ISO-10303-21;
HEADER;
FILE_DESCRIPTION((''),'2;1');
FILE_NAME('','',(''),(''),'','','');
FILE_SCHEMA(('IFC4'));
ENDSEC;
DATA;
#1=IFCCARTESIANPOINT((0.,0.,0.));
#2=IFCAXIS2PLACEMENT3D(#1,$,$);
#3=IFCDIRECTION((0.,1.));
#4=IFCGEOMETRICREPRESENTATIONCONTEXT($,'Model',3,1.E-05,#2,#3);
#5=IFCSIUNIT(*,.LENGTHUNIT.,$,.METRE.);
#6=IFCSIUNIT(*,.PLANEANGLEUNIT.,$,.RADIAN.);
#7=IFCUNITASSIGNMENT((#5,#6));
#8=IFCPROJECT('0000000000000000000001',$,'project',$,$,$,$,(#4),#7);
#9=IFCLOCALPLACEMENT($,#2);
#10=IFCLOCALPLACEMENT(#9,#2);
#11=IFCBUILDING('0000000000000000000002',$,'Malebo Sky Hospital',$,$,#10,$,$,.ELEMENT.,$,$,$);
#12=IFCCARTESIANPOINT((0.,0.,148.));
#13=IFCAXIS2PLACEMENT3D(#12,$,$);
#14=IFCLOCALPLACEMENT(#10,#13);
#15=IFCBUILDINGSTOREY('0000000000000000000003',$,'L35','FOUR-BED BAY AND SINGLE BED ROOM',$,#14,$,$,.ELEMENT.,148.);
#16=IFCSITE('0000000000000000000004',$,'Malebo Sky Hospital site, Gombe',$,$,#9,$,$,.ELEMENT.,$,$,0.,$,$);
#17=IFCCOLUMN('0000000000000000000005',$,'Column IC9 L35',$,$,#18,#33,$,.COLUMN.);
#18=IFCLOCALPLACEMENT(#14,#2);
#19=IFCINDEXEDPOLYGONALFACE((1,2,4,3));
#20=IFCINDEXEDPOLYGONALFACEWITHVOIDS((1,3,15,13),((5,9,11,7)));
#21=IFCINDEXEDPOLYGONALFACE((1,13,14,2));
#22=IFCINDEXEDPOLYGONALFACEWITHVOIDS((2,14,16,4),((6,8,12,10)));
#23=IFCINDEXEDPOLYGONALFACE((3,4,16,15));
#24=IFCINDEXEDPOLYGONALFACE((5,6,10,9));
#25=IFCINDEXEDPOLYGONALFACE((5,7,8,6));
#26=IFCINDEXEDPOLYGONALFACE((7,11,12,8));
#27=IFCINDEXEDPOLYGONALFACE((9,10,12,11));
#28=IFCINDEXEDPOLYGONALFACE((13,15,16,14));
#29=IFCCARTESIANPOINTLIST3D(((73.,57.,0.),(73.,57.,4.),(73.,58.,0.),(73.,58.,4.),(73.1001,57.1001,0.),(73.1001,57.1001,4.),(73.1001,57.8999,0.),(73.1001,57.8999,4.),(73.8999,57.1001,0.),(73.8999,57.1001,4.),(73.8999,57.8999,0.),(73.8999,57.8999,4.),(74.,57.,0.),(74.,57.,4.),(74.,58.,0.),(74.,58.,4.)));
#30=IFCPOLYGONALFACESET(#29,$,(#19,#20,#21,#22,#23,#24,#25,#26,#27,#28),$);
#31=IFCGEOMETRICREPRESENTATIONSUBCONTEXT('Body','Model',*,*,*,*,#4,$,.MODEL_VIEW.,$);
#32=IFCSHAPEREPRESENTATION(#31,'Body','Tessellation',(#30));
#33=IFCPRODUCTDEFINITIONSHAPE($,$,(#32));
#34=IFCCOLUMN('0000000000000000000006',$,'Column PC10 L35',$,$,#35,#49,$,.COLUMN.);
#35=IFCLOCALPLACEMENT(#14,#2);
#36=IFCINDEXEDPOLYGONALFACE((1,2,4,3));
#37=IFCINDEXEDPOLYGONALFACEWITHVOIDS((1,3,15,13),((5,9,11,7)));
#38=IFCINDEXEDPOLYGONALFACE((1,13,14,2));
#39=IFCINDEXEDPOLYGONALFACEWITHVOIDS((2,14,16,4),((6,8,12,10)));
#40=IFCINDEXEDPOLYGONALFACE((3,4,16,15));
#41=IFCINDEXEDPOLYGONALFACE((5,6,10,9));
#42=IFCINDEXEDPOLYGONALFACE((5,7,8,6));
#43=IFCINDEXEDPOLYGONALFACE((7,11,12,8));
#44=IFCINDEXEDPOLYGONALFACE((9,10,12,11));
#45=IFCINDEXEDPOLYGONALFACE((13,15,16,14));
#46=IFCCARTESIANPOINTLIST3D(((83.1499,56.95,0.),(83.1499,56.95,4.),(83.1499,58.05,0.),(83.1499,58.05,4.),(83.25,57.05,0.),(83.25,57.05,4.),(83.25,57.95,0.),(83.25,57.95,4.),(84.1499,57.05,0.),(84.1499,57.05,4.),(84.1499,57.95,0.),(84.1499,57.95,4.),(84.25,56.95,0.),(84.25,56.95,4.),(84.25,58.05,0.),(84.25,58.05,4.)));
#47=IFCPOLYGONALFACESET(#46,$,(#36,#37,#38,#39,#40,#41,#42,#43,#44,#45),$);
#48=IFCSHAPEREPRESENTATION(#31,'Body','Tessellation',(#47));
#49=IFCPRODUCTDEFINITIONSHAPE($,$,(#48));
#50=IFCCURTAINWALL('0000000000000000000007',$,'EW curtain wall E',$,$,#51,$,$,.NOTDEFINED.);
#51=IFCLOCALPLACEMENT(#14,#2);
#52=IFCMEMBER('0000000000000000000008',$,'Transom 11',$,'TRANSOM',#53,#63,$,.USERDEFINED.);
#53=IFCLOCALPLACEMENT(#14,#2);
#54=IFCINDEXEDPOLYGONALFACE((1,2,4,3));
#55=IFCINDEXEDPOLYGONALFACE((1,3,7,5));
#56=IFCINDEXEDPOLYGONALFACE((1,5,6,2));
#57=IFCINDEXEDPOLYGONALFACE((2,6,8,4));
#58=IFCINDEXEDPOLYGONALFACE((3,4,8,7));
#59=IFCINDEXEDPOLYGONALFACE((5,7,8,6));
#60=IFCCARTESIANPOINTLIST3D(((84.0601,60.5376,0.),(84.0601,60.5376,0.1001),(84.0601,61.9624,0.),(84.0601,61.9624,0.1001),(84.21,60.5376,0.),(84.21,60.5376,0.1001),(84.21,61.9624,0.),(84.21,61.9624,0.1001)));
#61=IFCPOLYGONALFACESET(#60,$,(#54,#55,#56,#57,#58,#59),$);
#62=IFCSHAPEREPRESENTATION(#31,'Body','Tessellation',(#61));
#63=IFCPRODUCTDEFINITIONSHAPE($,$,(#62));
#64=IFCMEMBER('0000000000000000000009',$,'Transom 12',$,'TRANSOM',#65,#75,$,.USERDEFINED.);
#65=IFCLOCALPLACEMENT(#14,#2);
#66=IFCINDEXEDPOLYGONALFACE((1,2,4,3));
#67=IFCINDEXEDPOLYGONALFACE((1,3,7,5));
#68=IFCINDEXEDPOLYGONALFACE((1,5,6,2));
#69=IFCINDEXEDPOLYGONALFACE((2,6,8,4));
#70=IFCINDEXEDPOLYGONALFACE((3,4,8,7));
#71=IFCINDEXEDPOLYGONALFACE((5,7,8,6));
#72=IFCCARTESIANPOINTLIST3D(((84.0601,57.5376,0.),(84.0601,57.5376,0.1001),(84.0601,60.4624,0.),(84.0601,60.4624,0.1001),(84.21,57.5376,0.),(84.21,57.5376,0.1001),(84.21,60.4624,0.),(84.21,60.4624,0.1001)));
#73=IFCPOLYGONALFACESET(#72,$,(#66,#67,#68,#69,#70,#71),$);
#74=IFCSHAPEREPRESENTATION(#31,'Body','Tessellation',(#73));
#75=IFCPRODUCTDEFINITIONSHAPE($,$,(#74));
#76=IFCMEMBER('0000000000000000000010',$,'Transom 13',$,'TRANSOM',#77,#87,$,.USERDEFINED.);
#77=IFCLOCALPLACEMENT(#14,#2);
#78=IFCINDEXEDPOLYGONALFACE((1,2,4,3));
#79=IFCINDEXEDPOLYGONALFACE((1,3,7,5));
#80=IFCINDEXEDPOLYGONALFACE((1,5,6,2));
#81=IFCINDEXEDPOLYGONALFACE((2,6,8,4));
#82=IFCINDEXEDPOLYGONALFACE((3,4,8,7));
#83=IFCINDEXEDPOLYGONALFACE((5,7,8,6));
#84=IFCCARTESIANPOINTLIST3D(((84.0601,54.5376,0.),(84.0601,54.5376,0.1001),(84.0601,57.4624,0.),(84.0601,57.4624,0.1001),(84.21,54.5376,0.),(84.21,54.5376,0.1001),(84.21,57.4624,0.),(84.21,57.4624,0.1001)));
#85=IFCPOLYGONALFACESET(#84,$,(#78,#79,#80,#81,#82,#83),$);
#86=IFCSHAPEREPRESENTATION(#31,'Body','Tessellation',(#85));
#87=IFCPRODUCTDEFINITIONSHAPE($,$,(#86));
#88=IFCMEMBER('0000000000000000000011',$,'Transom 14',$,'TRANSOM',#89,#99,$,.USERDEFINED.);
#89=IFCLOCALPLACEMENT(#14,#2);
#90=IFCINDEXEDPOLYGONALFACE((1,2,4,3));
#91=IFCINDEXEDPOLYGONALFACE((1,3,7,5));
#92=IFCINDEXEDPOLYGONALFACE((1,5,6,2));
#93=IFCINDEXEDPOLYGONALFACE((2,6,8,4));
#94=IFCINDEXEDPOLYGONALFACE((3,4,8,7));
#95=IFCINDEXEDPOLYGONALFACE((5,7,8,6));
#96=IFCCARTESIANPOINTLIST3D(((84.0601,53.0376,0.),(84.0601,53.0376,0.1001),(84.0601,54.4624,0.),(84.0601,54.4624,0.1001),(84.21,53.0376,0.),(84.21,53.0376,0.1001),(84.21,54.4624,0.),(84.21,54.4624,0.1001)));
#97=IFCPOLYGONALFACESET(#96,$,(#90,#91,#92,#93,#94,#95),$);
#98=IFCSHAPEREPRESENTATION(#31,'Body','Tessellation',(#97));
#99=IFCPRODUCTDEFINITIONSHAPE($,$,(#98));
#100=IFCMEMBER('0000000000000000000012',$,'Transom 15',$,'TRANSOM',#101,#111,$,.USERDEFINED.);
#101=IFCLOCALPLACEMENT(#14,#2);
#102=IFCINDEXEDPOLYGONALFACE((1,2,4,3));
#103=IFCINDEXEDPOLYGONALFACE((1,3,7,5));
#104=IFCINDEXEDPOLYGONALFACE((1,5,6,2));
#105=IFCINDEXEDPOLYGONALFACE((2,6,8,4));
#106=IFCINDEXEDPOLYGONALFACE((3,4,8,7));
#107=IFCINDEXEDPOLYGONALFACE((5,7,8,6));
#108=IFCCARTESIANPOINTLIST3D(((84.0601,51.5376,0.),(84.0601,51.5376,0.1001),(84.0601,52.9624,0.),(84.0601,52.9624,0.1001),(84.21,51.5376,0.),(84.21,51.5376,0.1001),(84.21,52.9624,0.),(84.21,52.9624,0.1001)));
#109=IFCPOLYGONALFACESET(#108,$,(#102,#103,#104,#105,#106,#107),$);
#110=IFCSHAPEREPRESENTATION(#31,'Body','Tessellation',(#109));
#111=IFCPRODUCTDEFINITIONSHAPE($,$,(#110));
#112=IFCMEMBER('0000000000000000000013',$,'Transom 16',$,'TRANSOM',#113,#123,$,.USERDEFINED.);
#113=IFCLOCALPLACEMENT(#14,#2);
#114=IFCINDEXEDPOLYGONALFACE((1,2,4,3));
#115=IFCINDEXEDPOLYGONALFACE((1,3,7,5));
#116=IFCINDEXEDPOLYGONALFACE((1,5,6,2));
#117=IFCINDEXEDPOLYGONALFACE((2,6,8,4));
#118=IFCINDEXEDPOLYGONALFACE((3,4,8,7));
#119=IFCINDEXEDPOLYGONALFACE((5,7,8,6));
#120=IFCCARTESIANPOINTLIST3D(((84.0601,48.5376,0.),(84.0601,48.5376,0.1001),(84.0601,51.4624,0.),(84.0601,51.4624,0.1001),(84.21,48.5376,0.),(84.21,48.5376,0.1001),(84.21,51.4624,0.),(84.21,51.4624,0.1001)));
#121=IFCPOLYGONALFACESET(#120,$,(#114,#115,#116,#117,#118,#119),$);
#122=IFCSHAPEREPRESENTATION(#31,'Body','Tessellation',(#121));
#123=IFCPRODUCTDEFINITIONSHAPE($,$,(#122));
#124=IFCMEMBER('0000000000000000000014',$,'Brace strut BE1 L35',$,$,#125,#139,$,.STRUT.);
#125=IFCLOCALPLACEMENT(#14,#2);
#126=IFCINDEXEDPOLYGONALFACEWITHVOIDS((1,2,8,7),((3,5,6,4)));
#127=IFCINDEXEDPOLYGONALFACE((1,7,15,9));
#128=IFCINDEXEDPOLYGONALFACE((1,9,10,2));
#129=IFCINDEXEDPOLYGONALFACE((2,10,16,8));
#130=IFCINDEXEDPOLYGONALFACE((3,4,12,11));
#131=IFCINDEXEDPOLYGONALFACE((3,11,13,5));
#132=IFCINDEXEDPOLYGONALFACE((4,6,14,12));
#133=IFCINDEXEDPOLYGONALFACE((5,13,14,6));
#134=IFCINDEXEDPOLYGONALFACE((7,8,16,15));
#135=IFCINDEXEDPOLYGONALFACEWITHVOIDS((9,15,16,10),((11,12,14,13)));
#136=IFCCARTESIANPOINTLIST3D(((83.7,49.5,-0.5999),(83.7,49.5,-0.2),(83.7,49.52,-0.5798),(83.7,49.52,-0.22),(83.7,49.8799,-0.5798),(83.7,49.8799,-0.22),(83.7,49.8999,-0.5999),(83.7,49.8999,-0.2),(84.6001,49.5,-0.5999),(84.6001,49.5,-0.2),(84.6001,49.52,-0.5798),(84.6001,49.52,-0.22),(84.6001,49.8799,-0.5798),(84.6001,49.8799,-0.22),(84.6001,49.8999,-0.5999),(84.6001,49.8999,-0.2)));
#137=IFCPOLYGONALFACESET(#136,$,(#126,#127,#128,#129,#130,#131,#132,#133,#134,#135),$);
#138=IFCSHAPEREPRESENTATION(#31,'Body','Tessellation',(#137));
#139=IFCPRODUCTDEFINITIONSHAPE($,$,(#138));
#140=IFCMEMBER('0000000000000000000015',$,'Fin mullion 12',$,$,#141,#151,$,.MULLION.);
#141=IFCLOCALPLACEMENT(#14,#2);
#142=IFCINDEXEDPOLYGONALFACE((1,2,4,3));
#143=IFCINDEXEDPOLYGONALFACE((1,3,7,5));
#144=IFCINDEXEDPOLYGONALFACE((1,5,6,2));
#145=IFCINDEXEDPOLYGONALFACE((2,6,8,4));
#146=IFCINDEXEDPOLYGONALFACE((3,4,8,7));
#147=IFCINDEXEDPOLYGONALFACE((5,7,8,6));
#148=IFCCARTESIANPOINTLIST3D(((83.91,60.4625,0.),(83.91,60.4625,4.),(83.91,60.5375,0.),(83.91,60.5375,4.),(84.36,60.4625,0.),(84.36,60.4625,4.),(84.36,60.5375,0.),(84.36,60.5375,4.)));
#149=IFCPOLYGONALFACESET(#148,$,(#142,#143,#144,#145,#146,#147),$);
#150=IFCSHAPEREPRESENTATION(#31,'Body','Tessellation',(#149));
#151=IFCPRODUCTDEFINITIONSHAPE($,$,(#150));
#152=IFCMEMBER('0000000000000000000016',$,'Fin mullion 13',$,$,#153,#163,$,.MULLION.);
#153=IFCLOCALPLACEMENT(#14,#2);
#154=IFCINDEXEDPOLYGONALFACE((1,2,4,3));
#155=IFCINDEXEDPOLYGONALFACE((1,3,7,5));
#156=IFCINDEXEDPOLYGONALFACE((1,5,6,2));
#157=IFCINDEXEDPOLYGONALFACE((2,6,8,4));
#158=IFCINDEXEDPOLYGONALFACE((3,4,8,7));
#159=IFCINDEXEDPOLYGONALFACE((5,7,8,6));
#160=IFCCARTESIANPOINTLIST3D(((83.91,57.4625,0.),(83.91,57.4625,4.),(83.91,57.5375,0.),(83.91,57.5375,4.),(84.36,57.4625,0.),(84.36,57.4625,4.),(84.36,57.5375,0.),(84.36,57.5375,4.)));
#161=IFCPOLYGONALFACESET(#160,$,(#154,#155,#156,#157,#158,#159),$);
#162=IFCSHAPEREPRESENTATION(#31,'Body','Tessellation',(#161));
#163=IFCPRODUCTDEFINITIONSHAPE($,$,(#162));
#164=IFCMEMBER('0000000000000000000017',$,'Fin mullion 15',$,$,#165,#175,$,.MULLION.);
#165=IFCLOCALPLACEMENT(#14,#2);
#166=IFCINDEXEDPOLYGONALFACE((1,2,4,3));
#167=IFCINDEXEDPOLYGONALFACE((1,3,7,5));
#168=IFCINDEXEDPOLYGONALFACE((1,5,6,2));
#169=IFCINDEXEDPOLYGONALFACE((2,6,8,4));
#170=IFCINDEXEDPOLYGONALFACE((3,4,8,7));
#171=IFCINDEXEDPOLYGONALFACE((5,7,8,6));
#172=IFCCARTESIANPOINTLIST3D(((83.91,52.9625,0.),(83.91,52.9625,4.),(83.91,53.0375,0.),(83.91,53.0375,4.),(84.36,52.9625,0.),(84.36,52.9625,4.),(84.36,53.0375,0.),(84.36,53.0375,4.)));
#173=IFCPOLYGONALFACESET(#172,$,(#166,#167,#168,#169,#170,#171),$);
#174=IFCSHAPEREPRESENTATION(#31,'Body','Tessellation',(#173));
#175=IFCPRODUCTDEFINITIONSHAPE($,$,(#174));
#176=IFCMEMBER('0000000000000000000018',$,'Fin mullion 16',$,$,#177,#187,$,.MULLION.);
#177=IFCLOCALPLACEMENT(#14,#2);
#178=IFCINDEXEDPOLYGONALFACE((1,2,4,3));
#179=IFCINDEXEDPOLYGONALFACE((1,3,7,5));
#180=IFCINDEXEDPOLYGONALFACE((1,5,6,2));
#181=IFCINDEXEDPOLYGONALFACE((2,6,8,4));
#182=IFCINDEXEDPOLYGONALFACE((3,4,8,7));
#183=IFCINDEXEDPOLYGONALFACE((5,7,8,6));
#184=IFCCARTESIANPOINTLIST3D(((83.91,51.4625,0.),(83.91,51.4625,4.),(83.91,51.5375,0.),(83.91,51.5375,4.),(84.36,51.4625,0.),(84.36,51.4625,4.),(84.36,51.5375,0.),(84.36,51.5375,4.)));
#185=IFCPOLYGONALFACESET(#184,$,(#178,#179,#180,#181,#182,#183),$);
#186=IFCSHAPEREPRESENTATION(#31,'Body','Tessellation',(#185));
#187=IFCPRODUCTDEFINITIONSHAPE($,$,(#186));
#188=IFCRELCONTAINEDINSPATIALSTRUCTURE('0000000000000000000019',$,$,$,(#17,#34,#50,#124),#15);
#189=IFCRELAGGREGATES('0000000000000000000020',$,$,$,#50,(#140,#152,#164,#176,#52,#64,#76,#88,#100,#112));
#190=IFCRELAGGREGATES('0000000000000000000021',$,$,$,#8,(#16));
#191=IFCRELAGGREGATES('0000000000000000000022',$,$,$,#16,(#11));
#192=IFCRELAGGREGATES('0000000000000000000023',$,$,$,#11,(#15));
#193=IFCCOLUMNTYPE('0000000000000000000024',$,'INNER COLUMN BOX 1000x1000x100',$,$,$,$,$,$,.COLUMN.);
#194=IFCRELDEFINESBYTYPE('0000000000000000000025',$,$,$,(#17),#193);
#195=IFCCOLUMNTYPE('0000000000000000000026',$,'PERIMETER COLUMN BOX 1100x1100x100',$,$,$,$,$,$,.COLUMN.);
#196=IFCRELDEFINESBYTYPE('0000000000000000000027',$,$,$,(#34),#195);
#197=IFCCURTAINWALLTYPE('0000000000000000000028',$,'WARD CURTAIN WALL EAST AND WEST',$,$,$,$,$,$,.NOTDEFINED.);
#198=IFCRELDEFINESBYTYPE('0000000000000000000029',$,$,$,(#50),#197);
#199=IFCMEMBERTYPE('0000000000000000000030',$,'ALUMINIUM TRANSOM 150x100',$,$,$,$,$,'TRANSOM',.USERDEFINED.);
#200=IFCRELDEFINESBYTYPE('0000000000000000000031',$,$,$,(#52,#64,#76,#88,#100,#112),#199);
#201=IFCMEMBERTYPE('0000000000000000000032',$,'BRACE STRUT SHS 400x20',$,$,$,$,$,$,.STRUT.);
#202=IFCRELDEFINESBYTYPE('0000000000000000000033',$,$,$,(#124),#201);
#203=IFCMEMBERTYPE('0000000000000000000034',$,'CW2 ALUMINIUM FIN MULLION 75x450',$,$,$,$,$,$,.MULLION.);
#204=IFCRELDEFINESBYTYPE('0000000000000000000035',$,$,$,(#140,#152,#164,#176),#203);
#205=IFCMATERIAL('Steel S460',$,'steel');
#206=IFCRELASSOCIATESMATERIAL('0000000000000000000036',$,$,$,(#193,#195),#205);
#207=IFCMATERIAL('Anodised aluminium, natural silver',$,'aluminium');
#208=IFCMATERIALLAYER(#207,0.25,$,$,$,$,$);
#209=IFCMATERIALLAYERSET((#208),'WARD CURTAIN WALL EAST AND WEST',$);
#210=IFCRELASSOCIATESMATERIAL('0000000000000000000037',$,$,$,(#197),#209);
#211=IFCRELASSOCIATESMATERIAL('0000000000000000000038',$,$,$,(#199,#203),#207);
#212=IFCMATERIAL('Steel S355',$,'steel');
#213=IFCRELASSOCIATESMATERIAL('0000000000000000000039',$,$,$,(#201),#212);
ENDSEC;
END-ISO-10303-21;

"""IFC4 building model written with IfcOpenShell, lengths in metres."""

from ifc_helpers import new_model, si_unit, direction, frame, origin, origin_2d, place, context, subcontext, project, spatial, rectangle, hollow_rectangle, extrude, material, layer, layer_set, material_profile, profile_set, type_object, element, aggregate, save


model = new_model("IFC4")

# Units and contexts
model_context = context("Model", 3, precision=1e-05, world=origin(), true_north=direction((0.0, 1.0)))
body_context = subcontext(model_context, "Body", "Model", "MODEL_VIEW")
ifc_project = project(units=[si_unit("LENGTHUNIT", "METRE"), si_unit("PLANEANGLEUNIT", "RADIAN")], contexts=[model_context])

# Site, building, storey
site_placement = place(None, origin())
site = spatial("IfcSite", under=ifc_project, at=site_placement, Name="Malebo Sky Hospital site, Gombe", CompositionType="ELEMENT", RefElevation=0.0)
building_placement = place(site_placement, origin())
building = spatial("IfcBuilding", under=site, at=building_placement, Name="Malebo Sky Hospital", CompositionType="ELEMENT")
storey_placement = place(building_placement, frame((0.0, 0.0, 148.0)))
storey = spatial("IfcBuildingStorey", under=building, at=storey_placement, Name="L35", Description="FOUR-BED BAY AND SINGLE BED ROOM", CompositionType="ELEMENT", Elevation=148.0)

# Columns
ifc_material_1 = material(Name="Steel S460", Category="steel")
ifc_material_profile_1 = material_profile(ifc_material_1, hollow_rectangle(XDim=1.0, YDim=1.0, WallThickness=0.1001, at=origin_2d()), Name="BOX 1000x1000x100")
ifc_profile_set_1 = profile_set([ifc_material_profile_1], Name="Steel S460")
column_type_1 = type_object("IfcColumnType", Name="INNER COLUMN BOX 1000x1000x100", PredefinedType="COLUMN", material=ifc_profile_set_1)
column_1_placement = place(storey_placement, frame((73.5, 57.5, 0.0), z_axis=(0.0, 0.0, 1.0), x_axis=(1.0, 0.0, 0.0)))
element("IfcColumn", 1, at=column_1_placement, inside=storey, type_object=column_type_1, Name="Column IC9 L35", PredefinedType="COLUMN", context=body_context, shape_type="SweptSolid", body=[
    extrude(hollow_rectangle(XDim=1.0, YDim=1.0, WallThickness=0.1001, at=origin_2d()), origin(), (0.0, 0.0, 1.0), 4.0),
])
ifc_material_profile_2 = material_profile(ifc_material_1, hollow_rectangle(XDim=1.1001, YDim=1.1001, WallThickness=0.1001, at=origin_2d()), Name="BOX 1100x1100x100")
ifc_profile_set_2 = profile_set([ifc_material_profile_2], Name="Steel S460")
column_type_2 = type_object("IfcColumnType", Name="PERIMETER COLUMN BOX 1100x1100x100", PredefinedType="COLUMN", material=ifc_profile_set_2)
column_2_placement = place(storey_placement, frame((83.7, 57.5, 0.0), z_axis=(0.0, 0.0, 1.0), x_axis=(1.0, 0.0, 0.0)))
element("IfcColumn", 2, at=column_2_placement, inside=storey, type_object=column_type_2, Name="Column PC10 L35", PredefinedType="COLUMN", context=body_context, shape_type="SweptSolid", body=[
    extrude(hollow_rectangle(XDim=1.1001, YDim=1.1001, WallThickness=0.1001, at=origin_2d()), origin(), (0.0, 0.0, 1.0), 4.0),
])

# Curtain wall, members
ifc_material_2 = material(Name="Anodised aluminium, natural silver", Category="aluminium")
ifc_layer_1 = layer(ifc_material_2, 0.25)
ifc_layer_set_1 = layer_set([ifc_layer_1], Name="WARD CURTAIN WALL EAST AND WEST")
curtain_wall_type = type_object("IfcCurtainWallType", Name="WARD CURTAIN WALL EAST AND WEST", PredefinedType="NOTDEFINED", material=ifc_layer_set_1)
curtain_wall_placement = place(storey_placement, origin())
curtain_wall = element("IfcCurtainWall", 3, at=curtain_wall_placement, inside=storey, type_object=curtain_wall_type, Name="EW curtain wall E", PredefinedType="NOTDEFINED")
ifc_material_profile_3 = material_profile(ifc_material_2, rectangle(XDim=0.1499, YDim=0.1001, at=origin_2d()), Name="ALUMINIUM TRANSOM 150x100")
ifc_profile_set_3 = profile_set([ifc_material_profile_3], Name="Anodised aluminium, natural silver")
member_type_1 = type_object("IfcMemberType", Name="ALUMINIUM TRANSOM 150x100", ElementType="TRANSOM", PredefinedType="USERDEFINED", material=ifc_profile_set_3)
member_1_placement = place(storey_placement, frame((84.135, 61.9624, 0.05), z_axis=(0.0, -1.0, 0.0), x_axis=(1.0, 0.0, 0.0)))
member_1 = element("IfcMember", 4, at=member_1_placement, type_object=member_type_1, Name="Transom 11", ObjectType="TRANSOM", PredefinedType="USERDEFINED", context=body_context, shape_type="SweptSolid", body=[
    extrude(rectangle(XDim=0.1499, YDim=0.1001, at=origin_2d()), origin(), (0.0, 0.0, 1.0), 1.4248),
])
member_2_placement = place(storey_placement, frame((84.135, 60.4624, 0.05), z_axis=(0.0, -1.0, 0.0), x_axis=(1.0, 0.0, 0.0)))
member_2 = element("IfcMember", 5, at=member_2_placement, type_object=member_type_1, Name="Transom 12", ObjectType="TRANSOM", PredefinedType="USERDEFINED", context=body_context, shape_type="SweptSolid", body=[
    extrude(rectangle(XDim=0.1499, YDim=0.1001, at=origin_2d()), origin(), (0.0, 0.0, 1.0), 2.9248),
])
member_3_placement = place(storey_placement, frame((84.135, 57.4624, 0.05), z_axis=(0.0, -1.0, 0.0), x_axis=(1.0, 0.0, 0.0)))
member_3 = element("IfcMember", 6, at=member_3_placement, type_object=member_type_1, Name="Transom 13", ObjectType="TRANSOM", PredefinedType="USERDEFINED", context=body_context, shape_type="SweptSolid", body=[
    extrude(rectangle(XDim=0.1499, YDim=0.1001, at=origin_2d()), origin(), (0.0, 0.0, 1.0), 2.9248),
])
member_4_placement = place(storey_placement, frame((84.135, 54.4624, 0.05), z_axis=(0.0, -1.0, 0.0), x_axis=(1.0, 0.0, 0.0)))
member_4 = element("IfcMember", 7, at=member_4_placement, type_object=member_type_1, Name="Transom 14", ObjectType="TRANSOM", PredefinedType="USERDEFINED", context=body_context, shape_type="SweptSolid", body=[
    extrude(rectangle(XDim=0.1499, YDim=0.1001, at=origin_2d()), origin(), (0.0, 0.0, 1.0), 1.4248),
])
member_5_placement = place(storey_placement, frame((84.135, 52.9624, 0.05), z_axis=(0.0, -1.0, 0.0), x_axis=(1.0, 0.0, 0.0)))
member_5 = element("IfcMember", 8, at=member_5_placement, type_object=member_type_1, Name="Transom 15", ObjectType="TRANSOM", PredefinedType="USERDEFINED", context=body_context, shape_type="SweptSolid", body=[
    extrude(rectangle(XDim=0.1499, YDim=0.1001, at=origin_2d()), origin(), (0.0, 0.0, 1.0), 1.4248),
])
member_6_placement = place(storey_placement, frame((84.135, 51.4624, 0.05), z_axis=(0.0, -1.0, 0.0), x_axis=(1.0, 0.0, 0.0)))
member_6 = element("IfcMember", 9, at=member_6_placement, type_object=member_type_1, Name="Transom 16", ObjectType="TRANSOM", PredefinedType="USERDEFINED", context=body_context, shape_type="SweptSolid", body=[
    extrude(rectangle(XDim=0.1499, YDim=0.1001, at=origin_2d()), origin(), (0.0, 0.0, 1.0), 2.9248),
])

# Members
ifc_material_3 = material(Name="Steel S355", Category="steel")
ifc_material_profile_4 = material_profile(ifc_material_3, hollow_rectangle(XDim=0.3999, YDim=0.3999, WallThickness=0.02, at=origin_2d()), Name="SHS 400x20")
ifc_profile_set_4 = profile_set([ifc_material_profile_4], Name="Steel S355")
member_type_2 = type_object("IfcMemberType", Name="BRACE STRUT SHS 400x20", PredefinedType="STRUT", material=ifc_profile_set_4)
member_7_placement = place(storey_placement, frame((84.6001, 49.7, -0.3999), z_axis=(-1.0, 0.0, 0.0), x_axis=(0.0, -1.0, 0.0)))
element("IfcMember", 10, at=member_7_placement, inside=storey, type_object=member_type_2, Name="Brace strut BE1 L35", PredefinedType="STRUT", context=body_context, shape_type="SweptSolid", body=[
    extrude(hollow_rectangle(XDim=0.3999, YDim=0.3999, WallThickness=0.02, at=origin_2d()), origin(), (0.0, 0.0, 1.0), 0.9001),
])
ifc_material_profile_5 = material_profile(ifc_material_2, rectangle(XDim=0.075, YDim=0.45, at=origin_2d()), Name="CW2 ALUMINIUM FIN MULLION 75x450")
ifc_profile_set_5 = profile_set([ifc_material_profile_5], Name="Anodised aluminium, natural silver")
member_type_3 = type_object("IfcMemberType", Name="CW2 ALUMINIUM FIN MULLION 75x450", PredefinedType="MULLION", material=ifc_profile_set_5)
member_8_placement = place(storey_placement, frame((84.135, 60.5, 0.0), z_axis=(0.0, 0.0, 1.0), x_axis=(0.0, -1.0, 0.0)))
member_8 = element("IfcMember", 11, at=member_8_placement, type_object=member_type_3, Name="Fin mullion 12", PredefinedType="MULLION", context=body_context, shape_type="SweptSolid", body=[
    extrude(rectangle(XDim=0.075, YDim=0.45, at=origin_2d()), origin(), (0.0, 0.0, 1.0), 4.0),
])
member_9_placement = place(storey_placement, frame((84.135, 57.5, 0.0), z_axis=(0.0, 0.0, 1.0), x_axis=(0.0, -1.0, 0.0)))
member_9 = element("IfcMember", 12, at=member_9_placement, type_object=member_type_3, Name="Fin mullion 13", PredefinedType="MULLION", context=body_context, shape_type="SweptSolid", body=[
    extrude(rectangle(XDim=0.075, YDim=0.45, at=origin_2d()), origin(), (0.0, 0.0, 1.0), 4.0),
])
member_10_placement = place(storey_placement, frame((84.135, 53.0, 0.0), z_axis=(0.0, 0.0, 1.0), x_axis=(0.0, -1.0, 0.0)))
member_10 = element("IfcMember", 13, at=member_10_placement, type_object=member_type_3, Name="Fin mullion 15", PredefinedType="MULLION", context=body_context, shape_type="SweptSolid", body=[
    extrude(rectangle(XDim=0.075, YDim=0.45, at=origin_2d()), origin(), (0.0, 0.0, 1.0), 4.0),
])
member_11_placement = place(storey_placement, frame((84.135, 51.5, 0.0), z_axis=(0.0, 0.0, 1.0), x_axis=(0.0, -1.0, 0.0)))
member_11 = element("IfcMember", 14, at=member_11_placement, type_object=member_type_3, Name="Fin mullion 16", PredefinedType="MULLION", context=body_context, shape_type="SweptSolid", body=[
    extrude(rectangle(XDim=0.075, YDim=0.45, at=origin_2d()), origin(), (0.0, 0.0, 1.0), 4.0),
])

aggregate(curtain_wall, [member_8, member_9, member_10, member_11, member_1, member_2, member_3, member_4, member_5, member_6])

save(model, "model.ifc")
